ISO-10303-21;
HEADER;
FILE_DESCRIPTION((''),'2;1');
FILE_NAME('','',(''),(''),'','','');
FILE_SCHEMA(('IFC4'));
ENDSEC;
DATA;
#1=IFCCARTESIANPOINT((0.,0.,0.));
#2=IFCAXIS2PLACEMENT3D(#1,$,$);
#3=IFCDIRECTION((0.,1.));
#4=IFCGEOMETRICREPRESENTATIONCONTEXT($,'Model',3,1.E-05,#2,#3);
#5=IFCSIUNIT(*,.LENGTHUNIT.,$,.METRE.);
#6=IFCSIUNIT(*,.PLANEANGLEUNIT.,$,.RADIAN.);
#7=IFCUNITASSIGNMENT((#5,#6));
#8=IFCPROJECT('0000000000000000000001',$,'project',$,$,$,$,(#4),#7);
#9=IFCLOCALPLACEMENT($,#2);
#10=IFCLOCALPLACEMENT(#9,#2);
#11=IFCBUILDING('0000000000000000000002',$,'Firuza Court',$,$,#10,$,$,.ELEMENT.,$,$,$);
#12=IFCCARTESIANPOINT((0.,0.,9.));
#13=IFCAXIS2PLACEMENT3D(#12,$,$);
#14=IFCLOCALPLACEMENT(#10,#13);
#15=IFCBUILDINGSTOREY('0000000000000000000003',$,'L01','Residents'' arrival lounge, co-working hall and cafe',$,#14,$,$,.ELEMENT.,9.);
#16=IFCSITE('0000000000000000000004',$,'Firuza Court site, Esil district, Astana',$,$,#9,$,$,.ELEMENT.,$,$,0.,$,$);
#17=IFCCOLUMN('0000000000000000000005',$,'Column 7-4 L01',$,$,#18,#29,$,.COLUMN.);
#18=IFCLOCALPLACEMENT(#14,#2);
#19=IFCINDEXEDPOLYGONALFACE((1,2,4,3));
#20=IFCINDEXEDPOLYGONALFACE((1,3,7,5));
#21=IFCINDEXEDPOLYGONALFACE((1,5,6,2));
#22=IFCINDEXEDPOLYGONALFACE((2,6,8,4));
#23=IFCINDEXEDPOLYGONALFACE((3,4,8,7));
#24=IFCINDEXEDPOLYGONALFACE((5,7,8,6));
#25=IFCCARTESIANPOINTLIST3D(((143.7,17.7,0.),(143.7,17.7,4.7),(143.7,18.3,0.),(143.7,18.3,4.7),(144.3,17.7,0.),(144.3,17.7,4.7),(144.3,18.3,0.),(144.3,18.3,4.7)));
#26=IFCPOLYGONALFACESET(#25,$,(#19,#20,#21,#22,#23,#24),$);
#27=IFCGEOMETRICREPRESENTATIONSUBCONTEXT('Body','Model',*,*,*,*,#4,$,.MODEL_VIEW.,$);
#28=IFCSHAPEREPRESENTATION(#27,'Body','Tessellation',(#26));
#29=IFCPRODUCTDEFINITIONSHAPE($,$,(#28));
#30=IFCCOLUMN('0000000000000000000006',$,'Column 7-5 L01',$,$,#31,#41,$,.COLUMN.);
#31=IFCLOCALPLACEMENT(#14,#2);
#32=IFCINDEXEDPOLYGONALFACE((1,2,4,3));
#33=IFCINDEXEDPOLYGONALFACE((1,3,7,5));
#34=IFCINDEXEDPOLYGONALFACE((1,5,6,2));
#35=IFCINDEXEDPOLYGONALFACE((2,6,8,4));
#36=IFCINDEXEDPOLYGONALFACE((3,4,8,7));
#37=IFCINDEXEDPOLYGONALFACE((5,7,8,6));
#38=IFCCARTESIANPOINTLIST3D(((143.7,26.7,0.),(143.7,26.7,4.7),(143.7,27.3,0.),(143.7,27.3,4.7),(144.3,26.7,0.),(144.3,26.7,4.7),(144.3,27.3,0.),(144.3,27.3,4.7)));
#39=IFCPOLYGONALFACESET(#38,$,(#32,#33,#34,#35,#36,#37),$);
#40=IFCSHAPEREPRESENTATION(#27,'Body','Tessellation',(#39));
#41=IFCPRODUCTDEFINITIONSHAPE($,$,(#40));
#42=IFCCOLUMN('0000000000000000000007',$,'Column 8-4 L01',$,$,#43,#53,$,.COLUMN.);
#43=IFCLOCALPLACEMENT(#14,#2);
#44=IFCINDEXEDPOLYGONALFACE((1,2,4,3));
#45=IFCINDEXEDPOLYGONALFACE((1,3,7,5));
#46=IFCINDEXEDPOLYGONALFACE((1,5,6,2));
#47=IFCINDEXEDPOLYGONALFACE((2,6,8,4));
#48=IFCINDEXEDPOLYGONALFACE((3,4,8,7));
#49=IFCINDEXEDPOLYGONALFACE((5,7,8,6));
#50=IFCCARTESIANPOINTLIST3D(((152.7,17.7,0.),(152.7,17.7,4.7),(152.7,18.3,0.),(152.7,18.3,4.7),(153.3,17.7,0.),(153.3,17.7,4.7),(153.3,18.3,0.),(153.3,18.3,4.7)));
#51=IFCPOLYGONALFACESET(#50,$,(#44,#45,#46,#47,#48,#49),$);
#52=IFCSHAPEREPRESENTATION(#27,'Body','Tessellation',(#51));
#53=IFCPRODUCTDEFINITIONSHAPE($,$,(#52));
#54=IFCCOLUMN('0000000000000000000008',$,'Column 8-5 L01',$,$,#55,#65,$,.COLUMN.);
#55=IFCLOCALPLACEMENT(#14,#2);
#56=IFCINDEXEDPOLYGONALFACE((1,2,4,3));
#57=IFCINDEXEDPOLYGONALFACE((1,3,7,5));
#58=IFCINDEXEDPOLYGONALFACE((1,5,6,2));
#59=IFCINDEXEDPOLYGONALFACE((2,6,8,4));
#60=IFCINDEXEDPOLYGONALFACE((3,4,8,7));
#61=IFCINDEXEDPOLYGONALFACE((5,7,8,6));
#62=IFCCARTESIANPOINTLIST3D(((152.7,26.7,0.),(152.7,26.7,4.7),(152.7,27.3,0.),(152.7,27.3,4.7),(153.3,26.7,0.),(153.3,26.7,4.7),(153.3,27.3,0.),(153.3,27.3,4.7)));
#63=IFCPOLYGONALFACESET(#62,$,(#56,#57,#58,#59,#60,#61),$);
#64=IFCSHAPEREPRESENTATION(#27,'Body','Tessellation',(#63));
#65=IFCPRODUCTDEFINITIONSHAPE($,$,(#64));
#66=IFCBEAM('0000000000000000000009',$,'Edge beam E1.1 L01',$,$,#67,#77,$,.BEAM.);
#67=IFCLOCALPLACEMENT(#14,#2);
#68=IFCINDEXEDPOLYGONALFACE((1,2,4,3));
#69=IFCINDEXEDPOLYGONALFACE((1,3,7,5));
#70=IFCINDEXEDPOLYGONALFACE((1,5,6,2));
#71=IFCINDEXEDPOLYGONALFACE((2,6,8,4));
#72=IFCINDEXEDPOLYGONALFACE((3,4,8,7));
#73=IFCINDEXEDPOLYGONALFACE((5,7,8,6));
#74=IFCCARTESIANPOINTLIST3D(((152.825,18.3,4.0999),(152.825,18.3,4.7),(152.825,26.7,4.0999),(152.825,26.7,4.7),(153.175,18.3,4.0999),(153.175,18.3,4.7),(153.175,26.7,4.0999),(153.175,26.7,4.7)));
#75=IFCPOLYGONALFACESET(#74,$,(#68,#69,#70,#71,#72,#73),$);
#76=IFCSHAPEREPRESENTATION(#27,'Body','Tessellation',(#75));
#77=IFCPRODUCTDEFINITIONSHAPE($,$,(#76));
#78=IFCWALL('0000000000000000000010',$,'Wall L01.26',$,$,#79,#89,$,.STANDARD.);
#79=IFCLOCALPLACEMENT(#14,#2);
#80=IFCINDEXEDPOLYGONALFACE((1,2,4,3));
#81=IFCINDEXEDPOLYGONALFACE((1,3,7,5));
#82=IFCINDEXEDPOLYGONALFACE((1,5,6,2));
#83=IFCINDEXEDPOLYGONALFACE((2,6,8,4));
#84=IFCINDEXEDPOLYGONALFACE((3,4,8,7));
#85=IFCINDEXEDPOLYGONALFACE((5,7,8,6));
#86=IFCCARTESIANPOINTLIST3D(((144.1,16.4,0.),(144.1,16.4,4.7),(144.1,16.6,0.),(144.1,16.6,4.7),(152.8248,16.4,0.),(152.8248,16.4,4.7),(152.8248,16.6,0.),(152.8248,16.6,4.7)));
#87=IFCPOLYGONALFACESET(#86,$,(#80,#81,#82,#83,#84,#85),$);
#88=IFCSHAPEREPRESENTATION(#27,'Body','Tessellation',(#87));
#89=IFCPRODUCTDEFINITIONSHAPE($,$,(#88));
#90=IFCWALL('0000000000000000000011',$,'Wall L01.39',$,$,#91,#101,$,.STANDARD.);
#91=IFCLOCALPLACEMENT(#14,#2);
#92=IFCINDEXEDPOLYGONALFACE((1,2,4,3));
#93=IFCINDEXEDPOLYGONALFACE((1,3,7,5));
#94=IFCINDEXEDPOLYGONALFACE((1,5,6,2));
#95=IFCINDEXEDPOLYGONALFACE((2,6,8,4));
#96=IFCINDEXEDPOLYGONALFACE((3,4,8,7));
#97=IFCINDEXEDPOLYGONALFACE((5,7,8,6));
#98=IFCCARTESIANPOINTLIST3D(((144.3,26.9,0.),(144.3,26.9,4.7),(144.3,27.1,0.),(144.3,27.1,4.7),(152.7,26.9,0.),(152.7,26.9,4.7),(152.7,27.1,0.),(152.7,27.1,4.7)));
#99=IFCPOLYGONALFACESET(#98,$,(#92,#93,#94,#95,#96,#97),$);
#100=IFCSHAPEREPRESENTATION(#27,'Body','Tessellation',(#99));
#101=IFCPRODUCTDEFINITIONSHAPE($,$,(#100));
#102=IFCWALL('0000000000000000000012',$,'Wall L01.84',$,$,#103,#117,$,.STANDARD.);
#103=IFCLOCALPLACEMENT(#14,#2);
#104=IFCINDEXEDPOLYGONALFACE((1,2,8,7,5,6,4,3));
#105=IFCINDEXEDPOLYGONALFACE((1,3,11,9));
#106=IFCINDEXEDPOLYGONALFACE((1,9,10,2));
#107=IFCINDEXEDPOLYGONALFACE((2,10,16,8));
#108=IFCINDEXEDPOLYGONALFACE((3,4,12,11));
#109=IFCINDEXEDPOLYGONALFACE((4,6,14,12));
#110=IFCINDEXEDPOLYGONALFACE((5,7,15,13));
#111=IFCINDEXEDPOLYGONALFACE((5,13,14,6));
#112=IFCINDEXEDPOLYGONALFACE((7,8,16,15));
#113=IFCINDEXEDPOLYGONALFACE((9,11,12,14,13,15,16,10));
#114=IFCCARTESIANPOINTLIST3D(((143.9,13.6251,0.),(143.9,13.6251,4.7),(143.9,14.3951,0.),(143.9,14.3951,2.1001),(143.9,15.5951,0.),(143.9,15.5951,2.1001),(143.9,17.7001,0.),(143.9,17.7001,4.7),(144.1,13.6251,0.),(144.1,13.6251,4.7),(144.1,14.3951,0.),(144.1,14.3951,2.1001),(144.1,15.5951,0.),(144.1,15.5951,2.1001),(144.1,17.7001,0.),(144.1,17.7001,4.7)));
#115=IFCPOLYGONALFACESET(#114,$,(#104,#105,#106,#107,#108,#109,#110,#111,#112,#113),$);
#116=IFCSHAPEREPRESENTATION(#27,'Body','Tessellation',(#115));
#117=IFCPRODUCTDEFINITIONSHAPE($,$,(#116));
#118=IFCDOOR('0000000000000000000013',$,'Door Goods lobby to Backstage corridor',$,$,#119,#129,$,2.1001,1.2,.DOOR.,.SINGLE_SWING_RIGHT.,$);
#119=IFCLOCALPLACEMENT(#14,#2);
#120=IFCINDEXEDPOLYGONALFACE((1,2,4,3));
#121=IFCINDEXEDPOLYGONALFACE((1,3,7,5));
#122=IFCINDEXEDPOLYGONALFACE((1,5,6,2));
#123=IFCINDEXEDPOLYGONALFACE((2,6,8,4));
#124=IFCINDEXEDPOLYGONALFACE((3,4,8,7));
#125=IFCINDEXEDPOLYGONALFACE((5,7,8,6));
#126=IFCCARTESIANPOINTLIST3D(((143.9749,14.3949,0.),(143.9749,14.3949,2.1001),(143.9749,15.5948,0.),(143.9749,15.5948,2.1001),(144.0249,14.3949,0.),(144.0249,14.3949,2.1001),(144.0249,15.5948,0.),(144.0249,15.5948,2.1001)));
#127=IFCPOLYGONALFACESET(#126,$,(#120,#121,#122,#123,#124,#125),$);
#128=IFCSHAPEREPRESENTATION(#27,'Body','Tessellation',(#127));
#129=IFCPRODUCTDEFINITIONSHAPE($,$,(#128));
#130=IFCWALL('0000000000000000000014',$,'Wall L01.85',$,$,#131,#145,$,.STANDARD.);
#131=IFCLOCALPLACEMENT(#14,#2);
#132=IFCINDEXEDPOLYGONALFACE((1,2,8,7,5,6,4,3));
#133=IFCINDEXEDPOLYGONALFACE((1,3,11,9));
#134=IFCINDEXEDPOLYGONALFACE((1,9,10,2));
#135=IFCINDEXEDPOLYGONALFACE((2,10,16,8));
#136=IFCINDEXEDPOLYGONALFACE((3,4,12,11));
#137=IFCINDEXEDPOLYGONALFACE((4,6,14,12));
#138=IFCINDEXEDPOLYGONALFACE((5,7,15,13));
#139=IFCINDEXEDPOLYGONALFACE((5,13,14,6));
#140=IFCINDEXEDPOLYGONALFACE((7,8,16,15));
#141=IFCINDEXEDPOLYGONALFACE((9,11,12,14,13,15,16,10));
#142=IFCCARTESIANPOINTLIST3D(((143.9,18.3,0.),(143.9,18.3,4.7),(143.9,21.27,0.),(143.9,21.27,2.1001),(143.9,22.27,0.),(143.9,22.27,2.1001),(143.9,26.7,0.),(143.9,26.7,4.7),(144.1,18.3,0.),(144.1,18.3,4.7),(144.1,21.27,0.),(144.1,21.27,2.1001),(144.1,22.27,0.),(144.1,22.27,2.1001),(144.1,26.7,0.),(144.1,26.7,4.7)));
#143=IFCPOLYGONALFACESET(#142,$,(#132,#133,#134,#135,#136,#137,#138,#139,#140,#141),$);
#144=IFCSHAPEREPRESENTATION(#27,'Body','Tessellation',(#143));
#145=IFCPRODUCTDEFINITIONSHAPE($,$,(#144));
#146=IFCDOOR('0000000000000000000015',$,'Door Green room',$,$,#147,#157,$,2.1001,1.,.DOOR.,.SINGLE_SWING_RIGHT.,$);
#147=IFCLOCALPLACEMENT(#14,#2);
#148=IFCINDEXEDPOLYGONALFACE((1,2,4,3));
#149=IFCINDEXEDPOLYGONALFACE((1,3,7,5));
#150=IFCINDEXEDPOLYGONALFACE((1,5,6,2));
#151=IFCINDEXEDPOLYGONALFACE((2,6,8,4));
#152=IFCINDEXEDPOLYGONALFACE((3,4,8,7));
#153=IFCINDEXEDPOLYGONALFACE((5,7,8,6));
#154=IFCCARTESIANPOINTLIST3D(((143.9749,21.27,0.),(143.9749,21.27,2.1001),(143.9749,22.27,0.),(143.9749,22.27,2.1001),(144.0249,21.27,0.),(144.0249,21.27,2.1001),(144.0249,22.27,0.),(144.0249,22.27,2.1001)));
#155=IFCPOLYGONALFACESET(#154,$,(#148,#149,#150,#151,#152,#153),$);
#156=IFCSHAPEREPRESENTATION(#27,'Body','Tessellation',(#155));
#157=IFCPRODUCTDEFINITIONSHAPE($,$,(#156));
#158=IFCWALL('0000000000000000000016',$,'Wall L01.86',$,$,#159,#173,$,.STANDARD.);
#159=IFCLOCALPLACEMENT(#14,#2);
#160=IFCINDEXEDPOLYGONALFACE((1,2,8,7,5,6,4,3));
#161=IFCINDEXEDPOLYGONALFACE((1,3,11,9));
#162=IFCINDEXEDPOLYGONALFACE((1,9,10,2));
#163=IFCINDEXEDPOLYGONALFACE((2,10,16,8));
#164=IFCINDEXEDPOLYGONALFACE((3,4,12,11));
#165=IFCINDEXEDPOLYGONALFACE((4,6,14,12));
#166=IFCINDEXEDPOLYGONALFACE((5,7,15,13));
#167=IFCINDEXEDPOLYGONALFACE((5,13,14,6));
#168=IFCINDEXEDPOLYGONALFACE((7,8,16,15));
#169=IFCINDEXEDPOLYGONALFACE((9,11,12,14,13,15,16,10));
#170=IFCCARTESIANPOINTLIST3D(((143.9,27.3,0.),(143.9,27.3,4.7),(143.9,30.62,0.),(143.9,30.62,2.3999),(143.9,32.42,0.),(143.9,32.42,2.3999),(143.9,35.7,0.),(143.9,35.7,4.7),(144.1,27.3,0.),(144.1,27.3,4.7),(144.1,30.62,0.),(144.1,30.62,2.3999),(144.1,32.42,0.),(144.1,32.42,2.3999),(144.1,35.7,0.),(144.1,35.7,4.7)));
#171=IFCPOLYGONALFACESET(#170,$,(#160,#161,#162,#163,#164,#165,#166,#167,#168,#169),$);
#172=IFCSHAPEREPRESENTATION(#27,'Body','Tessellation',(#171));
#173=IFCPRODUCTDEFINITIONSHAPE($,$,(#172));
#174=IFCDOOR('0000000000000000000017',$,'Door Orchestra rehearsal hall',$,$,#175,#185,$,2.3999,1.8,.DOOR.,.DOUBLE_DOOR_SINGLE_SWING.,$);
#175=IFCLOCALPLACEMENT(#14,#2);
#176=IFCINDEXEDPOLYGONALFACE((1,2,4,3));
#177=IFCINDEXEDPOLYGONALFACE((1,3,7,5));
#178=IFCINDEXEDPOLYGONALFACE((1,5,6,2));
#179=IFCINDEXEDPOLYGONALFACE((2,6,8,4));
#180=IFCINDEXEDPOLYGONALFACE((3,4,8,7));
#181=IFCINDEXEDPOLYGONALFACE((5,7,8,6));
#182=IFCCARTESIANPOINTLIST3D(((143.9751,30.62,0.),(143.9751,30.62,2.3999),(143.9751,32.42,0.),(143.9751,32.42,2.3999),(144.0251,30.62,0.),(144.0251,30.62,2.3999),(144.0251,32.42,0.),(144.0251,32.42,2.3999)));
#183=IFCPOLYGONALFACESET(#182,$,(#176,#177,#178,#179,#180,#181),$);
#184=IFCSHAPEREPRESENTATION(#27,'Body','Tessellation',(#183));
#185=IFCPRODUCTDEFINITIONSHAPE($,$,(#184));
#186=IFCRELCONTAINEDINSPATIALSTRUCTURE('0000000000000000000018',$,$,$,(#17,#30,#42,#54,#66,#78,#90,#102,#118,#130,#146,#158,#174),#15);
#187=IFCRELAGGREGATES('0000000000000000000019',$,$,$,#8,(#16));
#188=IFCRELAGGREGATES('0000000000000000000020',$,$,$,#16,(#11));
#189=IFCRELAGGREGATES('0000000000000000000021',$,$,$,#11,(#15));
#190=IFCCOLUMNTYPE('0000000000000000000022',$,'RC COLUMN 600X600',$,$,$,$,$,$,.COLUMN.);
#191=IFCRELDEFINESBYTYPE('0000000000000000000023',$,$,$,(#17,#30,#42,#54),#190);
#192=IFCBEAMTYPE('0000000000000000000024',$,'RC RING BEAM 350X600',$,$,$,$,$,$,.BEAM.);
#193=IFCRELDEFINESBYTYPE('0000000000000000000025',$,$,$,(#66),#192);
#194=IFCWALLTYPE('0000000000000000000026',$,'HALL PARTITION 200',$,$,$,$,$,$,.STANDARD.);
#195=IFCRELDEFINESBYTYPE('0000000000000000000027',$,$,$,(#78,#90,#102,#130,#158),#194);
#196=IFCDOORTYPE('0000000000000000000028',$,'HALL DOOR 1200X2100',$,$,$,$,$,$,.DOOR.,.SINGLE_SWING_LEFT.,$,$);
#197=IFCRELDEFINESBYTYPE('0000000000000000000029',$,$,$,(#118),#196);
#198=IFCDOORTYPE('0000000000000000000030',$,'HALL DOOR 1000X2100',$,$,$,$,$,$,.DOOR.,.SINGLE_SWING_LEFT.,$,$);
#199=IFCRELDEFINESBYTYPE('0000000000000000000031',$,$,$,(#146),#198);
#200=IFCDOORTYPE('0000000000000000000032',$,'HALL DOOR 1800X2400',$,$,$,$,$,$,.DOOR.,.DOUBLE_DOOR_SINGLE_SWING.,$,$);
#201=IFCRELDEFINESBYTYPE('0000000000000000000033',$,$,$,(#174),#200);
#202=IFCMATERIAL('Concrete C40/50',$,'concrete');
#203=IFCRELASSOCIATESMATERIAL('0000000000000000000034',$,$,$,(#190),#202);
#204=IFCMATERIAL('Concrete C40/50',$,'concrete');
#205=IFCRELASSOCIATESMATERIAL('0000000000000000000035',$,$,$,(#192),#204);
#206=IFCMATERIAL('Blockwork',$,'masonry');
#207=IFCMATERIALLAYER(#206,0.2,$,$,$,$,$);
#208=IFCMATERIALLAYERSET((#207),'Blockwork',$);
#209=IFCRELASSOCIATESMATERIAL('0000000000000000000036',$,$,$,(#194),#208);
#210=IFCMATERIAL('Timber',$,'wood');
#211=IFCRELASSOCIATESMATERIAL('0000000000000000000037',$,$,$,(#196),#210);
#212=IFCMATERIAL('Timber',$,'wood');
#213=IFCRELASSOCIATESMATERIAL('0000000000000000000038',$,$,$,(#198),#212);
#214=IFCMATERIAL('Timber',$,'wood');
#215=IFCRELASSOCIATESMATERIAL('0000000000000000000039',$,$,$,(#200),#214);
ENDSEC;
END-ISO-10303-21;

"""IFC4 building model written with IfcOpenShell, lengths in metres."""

from ifc_helpers import new_model, si_unit, direction, frame, frame_2d, origin, origin_2d, place, context, subcontext, project, spatial, rectangle, extrude, material, layer, layer_set, material_profile, profile_set, type_object, element, fill, save


model = new_model("IFC4")

# Units and contexts
model_context = context("Model", 3, precision=1e-05, world=origin(), true_north=direction((0.0, 1.0)))
body_context = subcontext(model_context, "Body", "Model", "MODEL_VIEW")
ifc_project = project(units=[si_unit("LENGTHUNIT", "METRE"), si_unit("PLANEANGLEUNIT", "RADIAN")], contexts=[model_context])

# Site, building, storey
site_placement = place(None, origin())
site = spatial("IfcSite", under=ifc_project, at=site_placement, Name="Firuza Court site, Esil district, Astana", CompositionType="ELEMENT", RefElevation=0.0)
building_placement = place(site_placement, origin())
building = spatial("IfcBuilding", under=site, at=building_placement, Name="Firuza Court", CompositionType="ELEMENT")
storey_placement = place(building_placement, frame((0.0, 0.0, 9.0)))
storey = spatial("IfcBuildingStorey", under=building, at=storey_placement, Name="L01", Description="Residents' arrival lounge, co-working hall and cafe", CompositionType="ELEMENT", Elevation=9.0)

# Columns
ifc_material_1 = material(Name="Concrete C40/50", Category="concrete")
ifc_material_profile_1 = material_profile(ifc_material_1, rectangle(XDim=0.6001, YDim=0.6001, at=origin_2d()), Name="RC 600X600")
ifc_profile_set_1 = profile_set([ifc_material_profile_1], Name="Concrete C40/50")
column_type = type_object("IfcColumnType", Name="RC COLUMN 600X600", PredefinedType="COLUMN", material=ifc_profile_set_1)
for number, where, z_axis, x_axis, name in (
    (1, (144.0, 18.0, 0.0), (0.0, 0.0, 1.0), (1.0, 0.0, 0.0), "Column 7-4 L01"),
    (2, (144.0, 27.0, 0.0), (0.0, 0.0, 1.0), (1.0, 0.0, 0.0), "Column 7-5 L01"),
    (3, (153.0, 18.0, 0.0), (0.0, 0.0, 1.0), (1.0, 0.0, 0.0), "Column 8-4 L01"),
    (4, (153.0, 27.0, 0.0), (0.0, 0.0, 1.0), (1.0, 0.0, 0.0), "Column 8-5 L01"),
):
    element("IfcColumn", number, at=place(storey_placement, frame(where, z_axis=z_axis, x_axis=x_axis)), inside=storey, type_object=column_type, Name=name, PredefinedType="COLUMN", context=body_context, shape_type="SweptSolid", body=[
        extrude(rectangle(XDim=0.6001, YDim=0.6001, at=origin_2d()), origin(), (0.0, 0.0, 1.0), 4.7),
    ])

# Beam
ifc_material_2 = material(Name="Concrete C40/50", Category="concrete")
ifc_material_profile_2 = material_profile(ifc_material_2, rectangle(XDim=0.3501, YDim=0.6001, at=origin_2d()), Name="RC 350X600")
ifc_profile_set_2 = profile_set([ifc_material_profile_2], Name="Concrete C40/50")
beam_type = type_object("IfcBeamType", Name="RC RING BEAM 350X600", PredefinedType="BEAM", material=ifc_profile_set_2)
beam_placement = place(storey_placement, frame((153.0, 18.3, 4.3999), z_axis=(0.0, 1.0, 0.0), x_axis=(-1.0, 0.0, 0.0)))
element("IfcBeam", 5, at=beam_placement, inside=storey, type_object=beam_type, Name="Edge beam E1.1 L01", PredefinedType="BEAM", context=body_context, shape_type="SweptSolid", body=[
    extrude(rectangle(XDim=0.3501, YDim=0.6001, at=origin_2d()), origin(), (0.0, 0.0, 1.0), 8.3999),
])

# Walls
ifc_material_3 = material(Name="Blockwork", Category="masonry")
ifc_layer_1 = layer(ifc_material_3, 0.2)
ifc_layer_set_1 = layer_set([ifc_layer_1], Name="Blockwork")
wall_type_1 = type_object("IfcWallType", Name="HALL PARTITION 200", PredefinedType="STANDARD", material=ifc_layer_set_1)
wall_1_placement = place(storey_placement, frame((144.1001, 16.5, 0.0), z_axis=(0.0, 0.0, 1.0), x_axis=(1.0, 0.0, 0.0)))
element("IfcWall", 6, at=wall_1_placement, inside=storey, type_object=wall_type_1, Name="Wall L01.26", PredefinedType="STANDARD", context=body_context, shape_type="SweptSolid", body=[
    extrude(rectangle(XDim=8.7249, YDim=0.2, at=frame_2d((4.3623, 0.0))), origin(), (0.0, 0.0, 1.0), 4.7),
])
wall_2_placement = place(storey_placement, frame((144.3, 27.0, 0.0), z_axis=(0.0, 0.0, 1.0), x_axis=(1.0, 0.0, 0.0)))
element("IfcWall", 7, at=wall_2_placement, inside=storey, type_object=wall_type_1, Name="Wall L01.39", PredefinedType="STANDARD", context=body_context, shape_type="SweptSolid", body=[
    extrude(rectangle(XDim=8.3999, YDim=0.2, at=frame_2d((4.2, 0.0))), origin(), (0.0, 0.0, 1.0), 4.7),
])

# Walls, openings, doors
wall_3_placement = place(storey_placement, frame((144.0, 13.625, 0.0), z_axis=(0.0, 0.0, 1.0), x_axis=(0.0, 1.0, 0.0)))
wall_3 = element("IfcWall", 8, at=wall_3_placement, inside=storey, type_object=wall_type_1, Name="Wall L01.84", PredefinedType="STANDARD", context=body_context, shape_type="SweptSolid", body=[
    extrude(rectangle(XDim=4.075, YDim=0.2, at=frame_2d((2.0376, 0.0))), origin(), (0.0, 0.0, 1.0), 4.7),
])
opening_1_placement = place(wall_3_placement, frame((0.77, 0.0, 0.0)))
opening_1 = element("IfcOpeningElement", 9, at=opening_1_placement, cuts=wall_3, PredefinedType="OPENING", context=body_context, shape_type="SweptSolid", body=[
    extrude(rectangle(XDim=1.2, YDim=2.1001, at=frame_2d((0.6001, 1.05))), frame((0.0, 0.1118, 0.0), z_axis=(0.0, -1.0, 0.0), x_axis=(1.0, 0.0, 0.0)), (0.0, 0.0, 1.0), 0.2239),
])
ifc_material_4 = material(Name="Timber", Category="wood")
door_type_1 = type_object("IfcDoorType", Name="HALL DOOR 1200X2100", OperationType="SINGLE_SWING_LEFT", PredefinedType="DOOR", material=ifc_material_4)
door_1_placement = place(opening_1_placement, frame((1.2, 0.0, 0.0), z_axis=(0.0, 0.0, 1.0), x_axis=(-1.0, 0.0, 0.0)))
door_1 = element("IfcDoor", 10, at=door_1_placement, inside=storey, type_object=door_type_1, Name="Door Goods lobby to Backstage corridor", OperationType="SINGLE_SWING_RIGHT", OverallHeight=2.1001, OverallWidth=1.2, PredefinedType="DOOR", context=body_context, shape_type="SweptSolid", body=[
    extrude(rectangle(XDim=1.2, YDim=2.1001, at=frame_2d((0.6001, 1.05))), frame((0.0, 0.0249, 0.0), z_axis=(0.0, -1.0, 0.0), x_axis=(1.0, 0.0, 0.0)), (0.0, 0.0, 1.0), 0.05),
])
fill(opening_1, door_1)
wall_4_placement = place(storey_placement, frame((144.0, 18.3, 0.0), z_axis=(0.0, 0.0, 1.0), x_axis=(0.0, 1.0, 0.0)))
wall_4 = element("IfcWall", 11, at=wall_4_placement, inside=storey, type_object=wall_type_1, Name="Wall L01.85", PredefinedType="STANDARD", context=body_context, shape_type="SweptSolid", body=[
    extrude(rectangle(XDim=8.3999, YDim=0.2, at=frame_2d((4.2, 0.0))), origin(), (0.0, 0.0, 1.0), 4.7),
])
opening_2_placement = place(wall_4_placement, frame((2.97, 0.0, 0.0)))
opening_2 = element("IfcOpeningElement", 12, at=opening_2_placement, cuts=wall_4, PredefinedType="OPENING", context=body_context, shape_type="SweptSolid", body=[
    extrude(rectangle(XDim=1.0, YDim=2.1001, at=frame_2d((0.5, 1.05))), frame((0.0, 0.1118, 0.0), z_axis=(0.0, -1.0, 0.0), x_axis=(1.0, 0.0, 0.0)), (0.0, 0.0, 1.0), 0.2239),
])
ifc_material_5 = material(Name="Timber", Category="wood")
door_type_2 = type_object("IfcDoorType", Name="HALL DOOR 1000X2100", OperationType="SINGLE_SWING_LEFT", PredefinedType="DOOR", material=ifc_material_5)
door_2_placement = place(opening_2_placement, frame((1.0, 0.0, 0.0), z_axis=(0.0, 0.0, 1.0), x_axis=(-1.0, 0.0, 0.0)))
door_2 = element("IfcDoor", 13, at=door_2_placement, inside=storey, type_object=door_type_2, Name="Door Green room", OperationType="SINGLE_SWING_RIGHT", OverallHeight=2.1001, OverallWidth=1.0, PredefinedType="DOOR", context=body_context, shape_type="SweptSolid", body=[
    extrude(rectangle(XDim=1.0, YDim=2.1001, at=frame_2d((0.5, 1.05))), frame((0.0, 0.0249, 0.0), z_axis=(0.0, -1.0, 0.0), x_axis=(1.0, 0.0, 0.0)), (0.0, 0.0, 1.0), 0.05),
])
fill(opening_2, door_2)
wall_5_placement = place(storey_placement, frame((144.0, 27.3, 0.0), z_axis=(0.0, 0.0, 1.0), x_axis=(0.0, 1.0, 0.0)))
wall_5 = element("IfcWall", 14, at=wall_5_placement, inside=storey, type_object=wall_type_1, Name="Wall L01.86", PredefinedType="STANDARD", context=body_context, shape_type="SweptSolid", body=[
    extrude(rectangle(XDim=8.3999, YDim=0.2, at=frame_2d((4.2, 0.0))), origin(), (0.0, 0.0, 1.0), 4.7),
])
opening_3_placement = place(wall_5_placement, frame((3.3201, 0.0, 0.0)))
opening_3 = element("IfcOpeningElement", 15, at=opening_3_placement, cuts=wall_5, PredefinedType="OPENING", context=body_context, shape_type="SweptSolid", body=[
    extrude(rectangle(XDim=1.8, YDim=2.3999, at=frame_2d((0.8999, 1.2))), frame((0.0, 0.1118, 0.0), z_axis=(0.0, -1.0, 0.0), x_axis=(1.0, 0.0, 0.0)), (0.0, 0.0, 1.0), 0.2239),
])
ifc_material_6 = material(Name="Timber", Category="wood")
door_type_3 = type_object("IfcDoorType", Name="HALL DOOR 1800X2400", OperationType="DOUBLE_DOOR_SINGLE_SWING", PredefinedType="DOOR", material=ifc_material_6)
door_3_placement = place(opening_3_placement, origin())
door_3 = element("IfcDoor", 16, at=door_3_placement, inside=storey, type_object=door_type_3, Name="Door Orchestra rehearsal hall", OperationType="DOUBLE_DOOR_SINGLE_SWING", OverallHeight=2.3999, OverallWidth=1.8, PredefinedType="DOOR", context=body_context, shape_type="SweptSolid", body=[
    extrude(rectangle(XDim=1.8, YDim=2.3999, at=frame_2d((0.8999, 1.2))), frame((0.0, 0.0249, 0.0), z_axis=(0.0, -1.0, 0.0), x_axis=(1.0, 0.0, 0.0)), (0.0, 0.0, 1.0), 0.05),
])
fill(opening_3, door_3)

save(model, "model.ifc")
